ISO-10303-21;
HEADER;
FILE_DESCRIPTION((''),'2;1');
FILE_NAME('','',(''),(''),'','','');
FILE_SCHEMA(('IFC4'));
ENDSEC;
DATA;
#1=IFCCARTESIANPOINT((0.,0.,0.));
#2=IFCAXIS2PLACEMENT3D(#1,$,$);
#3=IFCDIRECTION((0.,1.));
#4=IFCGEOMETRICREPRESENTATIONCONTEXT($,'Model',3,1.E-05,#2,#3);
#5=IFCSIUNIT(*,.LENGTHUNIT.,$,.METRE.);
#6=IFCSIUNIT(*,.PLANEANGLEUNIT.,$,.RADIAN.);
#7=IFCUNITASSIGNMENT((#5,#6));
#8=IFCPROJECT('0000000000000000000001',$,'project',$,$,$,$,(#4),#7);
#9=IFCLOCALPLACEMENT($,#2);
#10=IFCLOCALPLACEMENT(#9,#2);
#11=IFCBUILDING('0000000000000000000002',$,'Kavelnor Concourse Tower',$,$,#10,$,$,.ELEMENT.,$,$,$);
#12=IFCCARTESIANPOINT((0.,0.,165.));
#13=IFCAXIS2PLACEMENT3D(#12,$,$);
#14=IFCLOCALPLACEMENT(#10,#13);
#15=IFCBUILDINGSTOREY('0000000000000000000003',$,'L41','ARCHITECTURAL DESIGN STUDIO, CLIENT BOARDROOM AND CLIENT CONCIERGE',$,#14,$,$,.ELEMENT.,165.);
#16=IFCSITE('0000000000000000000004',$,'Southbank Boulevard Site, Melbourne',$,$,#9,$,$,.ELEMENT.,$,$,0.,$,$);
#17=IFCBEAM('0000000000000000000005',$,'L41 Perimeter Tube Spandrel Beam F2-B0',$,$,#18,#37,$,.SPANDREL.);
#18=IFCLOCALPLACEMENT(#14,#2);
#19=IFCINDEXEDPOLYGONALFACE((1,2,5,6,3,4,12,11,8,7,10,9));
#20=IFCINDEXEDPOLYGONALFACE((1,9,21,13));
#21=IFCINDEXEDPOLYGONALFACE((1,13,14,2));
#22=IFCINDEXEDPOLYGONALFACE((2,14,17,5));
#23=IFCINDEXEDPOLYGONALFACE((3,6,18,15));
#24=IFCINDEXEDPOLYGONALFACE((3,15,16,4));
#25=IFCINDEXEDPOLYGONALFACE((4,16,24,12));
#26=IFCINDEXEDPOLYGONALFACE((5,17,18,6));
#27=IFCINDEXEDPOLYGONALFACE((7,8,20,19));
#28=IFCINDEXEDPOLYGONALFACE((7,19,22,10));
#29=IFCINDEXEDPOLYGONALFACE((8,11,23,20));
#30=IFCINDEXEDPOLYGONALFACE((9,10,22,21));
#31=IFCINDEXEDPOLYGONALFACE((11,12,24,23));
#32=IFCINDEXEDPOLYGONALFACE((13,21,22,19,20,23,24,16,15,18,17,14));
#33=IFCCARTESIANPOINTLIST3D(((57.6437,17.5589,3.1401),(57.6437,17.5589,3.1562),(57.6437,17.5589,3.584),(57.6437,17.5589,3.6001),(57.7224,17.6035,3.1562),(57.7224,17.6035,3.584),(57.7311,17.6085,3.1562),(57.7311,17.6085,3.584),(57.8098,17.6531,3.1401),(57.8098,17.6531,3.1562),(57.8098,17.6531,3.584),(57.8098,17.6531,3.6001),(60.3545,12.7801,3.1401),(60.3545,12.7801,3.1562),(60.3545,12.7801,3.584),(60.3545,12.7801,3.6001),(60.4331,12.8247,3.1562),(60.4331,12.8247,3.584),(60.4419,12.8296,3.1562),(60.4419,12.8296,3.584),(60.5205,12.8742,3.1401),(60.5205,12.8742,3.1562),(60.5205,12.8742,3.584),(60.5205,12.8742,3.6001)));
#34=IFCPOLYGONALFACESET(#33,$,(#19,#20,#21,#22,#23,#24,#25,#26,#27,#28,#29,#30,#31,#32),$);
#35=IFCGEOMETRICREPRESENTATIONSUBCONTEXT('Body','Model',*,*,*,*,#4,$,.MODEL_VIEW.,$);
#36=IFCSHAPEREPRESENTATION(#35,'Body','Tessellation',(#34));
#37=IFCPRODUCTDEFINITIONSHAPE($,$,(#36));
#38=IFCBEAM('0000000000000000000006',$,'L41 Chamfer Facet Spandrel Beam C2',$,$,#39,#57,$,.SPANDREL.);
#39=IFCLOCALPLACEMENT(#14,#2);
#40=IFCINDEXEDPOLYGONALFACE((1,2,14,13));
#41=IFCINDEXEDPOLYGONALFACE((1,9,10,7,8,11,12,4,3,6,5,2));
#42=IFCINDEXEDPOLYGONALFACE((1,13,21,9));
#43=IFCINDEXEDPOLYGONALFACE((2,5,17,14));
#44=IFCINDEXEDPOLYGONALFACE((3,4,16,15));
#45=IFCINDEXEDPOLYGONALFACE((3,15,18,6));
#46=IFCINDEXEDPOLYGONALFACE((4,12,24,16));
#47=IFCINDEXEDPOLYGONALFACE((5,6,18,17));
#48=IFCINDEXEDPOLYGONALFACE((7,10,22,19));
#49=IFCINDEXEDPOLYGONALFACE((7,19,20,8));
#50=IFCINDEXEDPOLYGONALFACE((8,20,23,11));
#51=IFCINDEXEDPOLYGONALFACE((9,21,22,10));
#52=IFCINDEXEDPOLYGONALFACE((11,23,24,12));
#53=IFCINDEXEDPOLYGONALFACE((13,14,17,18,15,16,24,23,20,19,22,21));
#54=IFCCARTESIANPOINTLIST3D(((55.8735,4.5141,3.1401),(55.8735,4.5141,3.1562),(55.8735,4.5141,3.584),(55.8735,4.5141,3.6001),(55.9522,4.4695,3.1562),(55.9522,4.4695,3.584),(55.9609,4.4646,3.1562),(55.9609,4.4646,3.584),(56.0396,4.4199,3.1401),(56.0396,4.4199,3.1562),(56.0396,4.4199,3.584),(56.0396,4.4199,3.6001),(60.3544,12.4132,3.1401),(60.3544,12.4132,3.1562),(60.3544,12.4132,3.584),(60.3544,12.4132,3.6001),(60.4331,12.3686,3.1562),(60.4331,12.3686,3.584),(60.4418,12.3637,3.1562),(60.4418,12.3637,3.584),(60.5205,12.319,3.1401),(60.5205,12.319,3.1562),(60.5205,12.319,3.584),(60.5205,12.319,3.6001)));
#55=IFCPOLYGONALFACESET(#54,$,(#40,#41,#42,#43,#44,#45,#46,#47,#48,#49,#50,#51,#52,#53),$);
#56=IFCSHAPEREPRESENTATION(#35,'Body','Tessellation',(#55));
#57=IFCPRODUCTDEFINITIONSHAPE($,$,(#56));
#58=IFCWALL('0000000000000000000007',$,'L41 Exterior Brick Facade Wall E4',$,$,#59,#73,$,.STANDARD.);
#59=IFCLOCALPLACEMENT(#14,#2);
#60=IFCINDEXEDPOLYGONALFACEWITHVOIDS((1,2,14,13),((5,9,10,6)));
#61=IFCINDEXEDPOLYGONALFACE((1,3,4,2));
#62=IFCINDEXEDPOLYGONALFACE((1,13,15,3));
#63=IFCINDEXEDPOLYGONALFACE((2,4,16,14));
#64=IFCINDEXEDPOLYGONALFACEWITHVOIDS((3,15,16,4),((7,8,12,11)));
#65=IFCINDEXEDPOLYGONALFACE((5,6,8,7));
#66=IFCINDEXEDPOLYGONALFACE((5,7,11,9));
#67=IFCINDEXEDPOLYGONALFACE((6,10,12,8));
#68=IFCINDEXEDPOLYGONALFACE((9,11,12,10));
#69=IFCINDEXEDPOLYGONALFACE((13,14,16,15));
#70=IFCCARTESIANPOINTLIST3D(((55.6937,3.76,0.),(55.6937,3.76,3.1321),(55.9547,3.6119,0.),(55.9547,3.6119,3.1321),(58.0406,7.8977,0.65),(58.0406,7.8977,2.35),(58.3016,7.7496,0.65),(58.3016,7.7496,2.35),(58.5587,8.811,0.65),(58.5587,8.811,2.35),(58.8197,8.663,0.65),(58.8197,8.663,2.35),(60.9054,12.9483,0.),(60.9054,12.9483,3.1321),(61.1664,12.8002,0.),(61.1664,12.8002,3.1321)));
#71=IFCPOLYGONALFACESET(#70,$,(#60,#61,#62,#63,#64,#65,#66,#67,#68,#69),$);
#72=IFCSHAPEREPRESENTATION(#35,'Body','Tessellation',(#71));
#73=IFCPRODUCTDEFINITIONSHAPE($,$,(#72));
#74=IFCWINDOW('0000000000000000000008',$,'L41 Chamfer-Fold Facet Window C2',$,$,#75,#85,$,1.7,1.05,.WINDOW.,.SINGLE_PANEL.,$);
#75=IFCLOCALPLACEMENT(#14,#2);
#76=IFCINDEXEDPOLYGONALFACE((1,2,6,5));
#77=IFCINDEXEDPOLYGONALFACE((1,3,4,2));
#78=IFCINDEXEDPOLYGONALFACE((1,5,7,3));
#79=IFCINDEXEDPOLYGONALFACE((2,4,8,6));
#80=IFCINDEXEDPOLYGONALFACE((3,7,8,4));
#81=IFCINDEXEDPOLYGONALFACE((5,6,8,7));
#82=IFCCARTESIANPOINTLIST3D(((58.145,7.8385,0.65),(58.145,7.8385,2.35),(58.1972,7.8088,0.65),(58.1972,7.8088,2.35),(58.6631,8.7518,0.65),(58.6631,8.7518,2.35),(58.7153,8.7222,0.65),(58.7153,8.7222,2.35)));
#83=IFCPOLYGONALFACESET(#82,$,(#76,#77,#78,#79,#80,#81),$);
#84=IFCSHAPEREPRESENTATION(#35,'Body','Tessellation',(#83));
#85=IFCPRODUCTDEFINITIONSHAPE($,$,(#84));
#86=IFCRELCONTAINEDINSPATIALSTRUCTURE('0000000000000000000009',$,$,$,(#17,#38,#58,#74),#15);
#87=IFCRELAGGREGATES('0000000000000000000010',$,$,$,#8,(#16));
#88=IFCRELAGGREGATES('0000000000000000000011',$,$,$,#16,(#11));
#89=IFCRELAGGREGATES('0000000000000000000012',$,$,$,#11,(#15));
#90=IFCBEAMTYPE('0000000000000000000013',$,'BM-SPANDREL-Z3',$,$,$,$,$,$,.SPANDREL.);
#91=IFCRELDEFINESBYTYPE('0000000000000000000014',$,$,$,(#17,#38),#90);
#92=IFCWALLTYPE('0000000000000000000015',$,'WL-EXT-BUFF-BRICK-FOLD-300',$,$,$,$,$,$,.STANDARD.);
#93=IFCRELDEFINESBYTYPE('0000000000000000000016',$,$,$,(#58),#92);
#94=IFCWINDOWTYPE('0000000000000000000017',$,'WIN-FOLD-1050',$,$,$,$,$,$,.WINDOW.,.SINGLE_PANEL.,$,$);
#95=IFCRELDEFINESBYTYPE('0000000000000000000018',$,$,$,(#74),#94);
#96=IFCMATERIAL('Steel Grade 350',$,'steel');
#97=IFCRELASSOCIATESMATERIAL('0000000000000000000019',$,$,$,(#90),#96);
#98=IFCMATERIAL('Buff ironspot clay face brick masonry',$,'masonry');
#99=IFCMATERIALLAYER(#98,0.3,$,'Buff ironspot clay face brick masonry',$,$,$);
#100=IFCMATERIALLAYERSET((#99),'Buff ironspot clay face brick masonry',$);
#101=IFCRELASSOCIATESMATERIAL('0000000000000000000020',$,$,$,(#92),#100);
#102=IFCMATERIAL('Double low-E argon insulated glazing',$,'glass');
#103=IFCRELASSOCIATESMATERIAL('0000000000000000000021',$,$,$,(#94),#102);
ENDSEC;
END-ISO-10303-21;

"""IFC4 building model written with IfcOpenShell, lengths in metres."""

from ifc_helpers import new_model, si_unit, direction, frame, frame_2d, origin, origin_2d, place, context, subcontext, project, spatial, rectangle, i_section, extrude, material, layer, layer_set, material_profile, profile_set, type_object, element, fill, save


model = new_model("IFC4")

# Units and contexts
model_context = context("Model", 3, precision=1e-05, world=origin(), true_north=direction((0.0, 1.0)))
body_context = subcontext(model_context, "Body", "Model", "MODEL_VIEW")
ifc_project = project(units=[si_unit("LENGTHUNIT", "METRE"), si_unit("PLANEANGLEUNIT", "RADIAN")], contexts=[model_context])

# Site, building, storey
site_placement = place(None, origin())
site = spatial("IfcSite", under=ifc_project, at=site_placement, Name="Southbank Boulevard Site, Melbourne", CompositionType="ELEMENT", RefElevation=0.0)
building_placement = place(site_placement, origin())
building = spatial("IfcBuilding", under=site, at=building_placement, Name="Kavelnor Concourse Tower", CompositionType="ELEMENT")
storey_placement = place(building_placement, frame((0.0, 0.0, 165.0)))
storey = spatial("IfcBuildingStorey", under=building, at=storey_placement, Name="L41", Description="ARCHITECTURAL DESIGN STUDIO, CLIENT BOARDROOM AND CLIENT CONCIERGE", CompositionType="ELEMENT", Elevation=165.0)

# Shared definitions
ifc_material_1 = material(Name="Steel Grade 350", Category="steel")

# Beams
ifc_material_profile_1 = material_profile(ifc_material_1, i_section(OverallWidth=0.1909, OverallDepth=0.46, WebThickness=0.01, FlangeThickness=0.0161, at=origin_2d()), Name="460UB82")
ifc_profile_set_1 = profile_set([ifc_material_profile_1], Name="Steel Grade 350")
beam_type_1 = type_object("IfcBeamType", Name="BM-SPANDREL-Z3", PredefinedType="SPANDREL", material=ifc_profile_set_1)
beam_1_placement = place(storey_placement, frame((60.4375, 12.8271, 3.3701), z_axis=(-0.493385, 0.869811, 0.0), x_axis=(-0.869811, -0.493385, 0.0)))
element("IfcBeam", 1, at=beam_1_placement, inside=storey, type_object=beam_type_1, Name="L41 Perimeter Tube Spandrel Beam F2-B0", PredefinedType="SPANDREL", context=body_context, shape_type="SweptSolid", body=[
    extrude(i_section(OverallWidth=0.1909, OverallDepth=0.46, WebThickness=0.01, FlangeThickness=0.0161, at=origin_2d()), origin(), (0.0, 0.0, 1.0), 5.4941),
])
beam_2_placement = place(storey_placement, frame((55.9565, 4.467, 3.3701), z_axis=(0.493409, 0.869797, 0.0), x_axis=(-0.869797, 0.493409, 0.0)))
element("IfcBeam", 2, at=beam_2_placement, inside=storey, type_object=beam_type_1, Name="L41 Chamfer Facet Spandrel Beam C2", PredefinedType="SPANDREL", context=body_context, shape_type="SweptSolid", body=[
    extrude(i_section(OverallWidth=0.1909, OverallDepth=0.46, WebThickness=0.01, FlangeThickness=0.0161, at=origin_2d()), origin(), (0.0, 0.0, 1.0), 9.0815),
])

# Wall, opening, window
ifc_material_2 = material(Name="Buff ironspot clay face brick masonry", Category="masonry")
ifc_layer_1 = layer(ifc_material_2, 0.3, Name="Buff ironspot clay face brick masonry")
ifc_layer_set_1 = layer_set([ifc_layer_1], Name="Buff ironspot clay face brick masonry")
wall_type_1 = type_object("IfcWallType", Name="WL-EXT-BUFF-BRICK-FOLD-300", PredefinedType="STANDARD", material=ifc_layer_set_1)
wall_1_placement = place(storey_placement, frame((61.0359, 12.8743, 0.0), z_axis=(0.0, 0.0, 1.0), x_axis=(-0.493371, -0.869819, 0.0)))
wall_1 = element("IfcWall", 3, at=wall_1_placement, inside=storey, type_object=wall_type_1, Name="L41 Exterior Brick Facade Wall E4", PredefinedType="STANDARD", context=body_context, shape_type="SweptSolid", body=[
    extrude(rectangle(XDim=10.5635, YDim=0.3, at=frame_2d((5.2817, 0.0))), origin(), (0.0, 0.0, 1.0), 3.1321),
])
opening_1_placement = place(wall_1_placement, frame((4.7566, 0.0, 0.6499)))
opening_1 = element("IfcOpeningElement", 4, at=opening_1_placement, cuts=wall_1, PredefinedType="OPENING", context=body_context, shape_type="SweptSolid", body=[
    extrude(rectangle(XDim=1.05, YDim=1.7, at=frame_2d((0.5249, 0.8501))), frame((0.0, 0.1602, 0.0), z_axis=(0.0, -1.0, 0.0), x_axis=(1.0, 0.0, 0.0)), (0.0, 0.0, 1.0), 0.3201),
])
ifc_material_3 = material(Name="Double low-E argon insulated glazing", Category="glass")
window_type_1 = type_object("IfcWindowType", Name="WIN-FOLD-1050", PartitioningType="SINGLE_PANEL", PredefinedType="WINDOW", material=ifc_material_3)
window_1_placement = place(opening_1_placement, origin())
window_1 = element("IfcWindow", 5, at=window_1_placement, inside=storey, type_object=window_type_1, Name="L41 Chamfer-Fold Facet Window C2", OverallHeight=1.7, OverallWidth=1.05, PartitioningType="SINGLE_PANEL", PredefinedType="WINDOW", context=body_context, shape_type="SweptSolid", body=[
    extrude(rectangle(XDim=1.05, YDim=1.7, at=frame_2d((0.5249, 0.8501))), frame((0.0, 0.03, 0.0), z_axis=(0.0, -1.0, 0.0), x_axis=(1.0, 0.0, 0.0)), (0.0, 0.0, 1.0), 0.0601),
])
fill(opening_1, window_1)

save(model, "model.ifc")
